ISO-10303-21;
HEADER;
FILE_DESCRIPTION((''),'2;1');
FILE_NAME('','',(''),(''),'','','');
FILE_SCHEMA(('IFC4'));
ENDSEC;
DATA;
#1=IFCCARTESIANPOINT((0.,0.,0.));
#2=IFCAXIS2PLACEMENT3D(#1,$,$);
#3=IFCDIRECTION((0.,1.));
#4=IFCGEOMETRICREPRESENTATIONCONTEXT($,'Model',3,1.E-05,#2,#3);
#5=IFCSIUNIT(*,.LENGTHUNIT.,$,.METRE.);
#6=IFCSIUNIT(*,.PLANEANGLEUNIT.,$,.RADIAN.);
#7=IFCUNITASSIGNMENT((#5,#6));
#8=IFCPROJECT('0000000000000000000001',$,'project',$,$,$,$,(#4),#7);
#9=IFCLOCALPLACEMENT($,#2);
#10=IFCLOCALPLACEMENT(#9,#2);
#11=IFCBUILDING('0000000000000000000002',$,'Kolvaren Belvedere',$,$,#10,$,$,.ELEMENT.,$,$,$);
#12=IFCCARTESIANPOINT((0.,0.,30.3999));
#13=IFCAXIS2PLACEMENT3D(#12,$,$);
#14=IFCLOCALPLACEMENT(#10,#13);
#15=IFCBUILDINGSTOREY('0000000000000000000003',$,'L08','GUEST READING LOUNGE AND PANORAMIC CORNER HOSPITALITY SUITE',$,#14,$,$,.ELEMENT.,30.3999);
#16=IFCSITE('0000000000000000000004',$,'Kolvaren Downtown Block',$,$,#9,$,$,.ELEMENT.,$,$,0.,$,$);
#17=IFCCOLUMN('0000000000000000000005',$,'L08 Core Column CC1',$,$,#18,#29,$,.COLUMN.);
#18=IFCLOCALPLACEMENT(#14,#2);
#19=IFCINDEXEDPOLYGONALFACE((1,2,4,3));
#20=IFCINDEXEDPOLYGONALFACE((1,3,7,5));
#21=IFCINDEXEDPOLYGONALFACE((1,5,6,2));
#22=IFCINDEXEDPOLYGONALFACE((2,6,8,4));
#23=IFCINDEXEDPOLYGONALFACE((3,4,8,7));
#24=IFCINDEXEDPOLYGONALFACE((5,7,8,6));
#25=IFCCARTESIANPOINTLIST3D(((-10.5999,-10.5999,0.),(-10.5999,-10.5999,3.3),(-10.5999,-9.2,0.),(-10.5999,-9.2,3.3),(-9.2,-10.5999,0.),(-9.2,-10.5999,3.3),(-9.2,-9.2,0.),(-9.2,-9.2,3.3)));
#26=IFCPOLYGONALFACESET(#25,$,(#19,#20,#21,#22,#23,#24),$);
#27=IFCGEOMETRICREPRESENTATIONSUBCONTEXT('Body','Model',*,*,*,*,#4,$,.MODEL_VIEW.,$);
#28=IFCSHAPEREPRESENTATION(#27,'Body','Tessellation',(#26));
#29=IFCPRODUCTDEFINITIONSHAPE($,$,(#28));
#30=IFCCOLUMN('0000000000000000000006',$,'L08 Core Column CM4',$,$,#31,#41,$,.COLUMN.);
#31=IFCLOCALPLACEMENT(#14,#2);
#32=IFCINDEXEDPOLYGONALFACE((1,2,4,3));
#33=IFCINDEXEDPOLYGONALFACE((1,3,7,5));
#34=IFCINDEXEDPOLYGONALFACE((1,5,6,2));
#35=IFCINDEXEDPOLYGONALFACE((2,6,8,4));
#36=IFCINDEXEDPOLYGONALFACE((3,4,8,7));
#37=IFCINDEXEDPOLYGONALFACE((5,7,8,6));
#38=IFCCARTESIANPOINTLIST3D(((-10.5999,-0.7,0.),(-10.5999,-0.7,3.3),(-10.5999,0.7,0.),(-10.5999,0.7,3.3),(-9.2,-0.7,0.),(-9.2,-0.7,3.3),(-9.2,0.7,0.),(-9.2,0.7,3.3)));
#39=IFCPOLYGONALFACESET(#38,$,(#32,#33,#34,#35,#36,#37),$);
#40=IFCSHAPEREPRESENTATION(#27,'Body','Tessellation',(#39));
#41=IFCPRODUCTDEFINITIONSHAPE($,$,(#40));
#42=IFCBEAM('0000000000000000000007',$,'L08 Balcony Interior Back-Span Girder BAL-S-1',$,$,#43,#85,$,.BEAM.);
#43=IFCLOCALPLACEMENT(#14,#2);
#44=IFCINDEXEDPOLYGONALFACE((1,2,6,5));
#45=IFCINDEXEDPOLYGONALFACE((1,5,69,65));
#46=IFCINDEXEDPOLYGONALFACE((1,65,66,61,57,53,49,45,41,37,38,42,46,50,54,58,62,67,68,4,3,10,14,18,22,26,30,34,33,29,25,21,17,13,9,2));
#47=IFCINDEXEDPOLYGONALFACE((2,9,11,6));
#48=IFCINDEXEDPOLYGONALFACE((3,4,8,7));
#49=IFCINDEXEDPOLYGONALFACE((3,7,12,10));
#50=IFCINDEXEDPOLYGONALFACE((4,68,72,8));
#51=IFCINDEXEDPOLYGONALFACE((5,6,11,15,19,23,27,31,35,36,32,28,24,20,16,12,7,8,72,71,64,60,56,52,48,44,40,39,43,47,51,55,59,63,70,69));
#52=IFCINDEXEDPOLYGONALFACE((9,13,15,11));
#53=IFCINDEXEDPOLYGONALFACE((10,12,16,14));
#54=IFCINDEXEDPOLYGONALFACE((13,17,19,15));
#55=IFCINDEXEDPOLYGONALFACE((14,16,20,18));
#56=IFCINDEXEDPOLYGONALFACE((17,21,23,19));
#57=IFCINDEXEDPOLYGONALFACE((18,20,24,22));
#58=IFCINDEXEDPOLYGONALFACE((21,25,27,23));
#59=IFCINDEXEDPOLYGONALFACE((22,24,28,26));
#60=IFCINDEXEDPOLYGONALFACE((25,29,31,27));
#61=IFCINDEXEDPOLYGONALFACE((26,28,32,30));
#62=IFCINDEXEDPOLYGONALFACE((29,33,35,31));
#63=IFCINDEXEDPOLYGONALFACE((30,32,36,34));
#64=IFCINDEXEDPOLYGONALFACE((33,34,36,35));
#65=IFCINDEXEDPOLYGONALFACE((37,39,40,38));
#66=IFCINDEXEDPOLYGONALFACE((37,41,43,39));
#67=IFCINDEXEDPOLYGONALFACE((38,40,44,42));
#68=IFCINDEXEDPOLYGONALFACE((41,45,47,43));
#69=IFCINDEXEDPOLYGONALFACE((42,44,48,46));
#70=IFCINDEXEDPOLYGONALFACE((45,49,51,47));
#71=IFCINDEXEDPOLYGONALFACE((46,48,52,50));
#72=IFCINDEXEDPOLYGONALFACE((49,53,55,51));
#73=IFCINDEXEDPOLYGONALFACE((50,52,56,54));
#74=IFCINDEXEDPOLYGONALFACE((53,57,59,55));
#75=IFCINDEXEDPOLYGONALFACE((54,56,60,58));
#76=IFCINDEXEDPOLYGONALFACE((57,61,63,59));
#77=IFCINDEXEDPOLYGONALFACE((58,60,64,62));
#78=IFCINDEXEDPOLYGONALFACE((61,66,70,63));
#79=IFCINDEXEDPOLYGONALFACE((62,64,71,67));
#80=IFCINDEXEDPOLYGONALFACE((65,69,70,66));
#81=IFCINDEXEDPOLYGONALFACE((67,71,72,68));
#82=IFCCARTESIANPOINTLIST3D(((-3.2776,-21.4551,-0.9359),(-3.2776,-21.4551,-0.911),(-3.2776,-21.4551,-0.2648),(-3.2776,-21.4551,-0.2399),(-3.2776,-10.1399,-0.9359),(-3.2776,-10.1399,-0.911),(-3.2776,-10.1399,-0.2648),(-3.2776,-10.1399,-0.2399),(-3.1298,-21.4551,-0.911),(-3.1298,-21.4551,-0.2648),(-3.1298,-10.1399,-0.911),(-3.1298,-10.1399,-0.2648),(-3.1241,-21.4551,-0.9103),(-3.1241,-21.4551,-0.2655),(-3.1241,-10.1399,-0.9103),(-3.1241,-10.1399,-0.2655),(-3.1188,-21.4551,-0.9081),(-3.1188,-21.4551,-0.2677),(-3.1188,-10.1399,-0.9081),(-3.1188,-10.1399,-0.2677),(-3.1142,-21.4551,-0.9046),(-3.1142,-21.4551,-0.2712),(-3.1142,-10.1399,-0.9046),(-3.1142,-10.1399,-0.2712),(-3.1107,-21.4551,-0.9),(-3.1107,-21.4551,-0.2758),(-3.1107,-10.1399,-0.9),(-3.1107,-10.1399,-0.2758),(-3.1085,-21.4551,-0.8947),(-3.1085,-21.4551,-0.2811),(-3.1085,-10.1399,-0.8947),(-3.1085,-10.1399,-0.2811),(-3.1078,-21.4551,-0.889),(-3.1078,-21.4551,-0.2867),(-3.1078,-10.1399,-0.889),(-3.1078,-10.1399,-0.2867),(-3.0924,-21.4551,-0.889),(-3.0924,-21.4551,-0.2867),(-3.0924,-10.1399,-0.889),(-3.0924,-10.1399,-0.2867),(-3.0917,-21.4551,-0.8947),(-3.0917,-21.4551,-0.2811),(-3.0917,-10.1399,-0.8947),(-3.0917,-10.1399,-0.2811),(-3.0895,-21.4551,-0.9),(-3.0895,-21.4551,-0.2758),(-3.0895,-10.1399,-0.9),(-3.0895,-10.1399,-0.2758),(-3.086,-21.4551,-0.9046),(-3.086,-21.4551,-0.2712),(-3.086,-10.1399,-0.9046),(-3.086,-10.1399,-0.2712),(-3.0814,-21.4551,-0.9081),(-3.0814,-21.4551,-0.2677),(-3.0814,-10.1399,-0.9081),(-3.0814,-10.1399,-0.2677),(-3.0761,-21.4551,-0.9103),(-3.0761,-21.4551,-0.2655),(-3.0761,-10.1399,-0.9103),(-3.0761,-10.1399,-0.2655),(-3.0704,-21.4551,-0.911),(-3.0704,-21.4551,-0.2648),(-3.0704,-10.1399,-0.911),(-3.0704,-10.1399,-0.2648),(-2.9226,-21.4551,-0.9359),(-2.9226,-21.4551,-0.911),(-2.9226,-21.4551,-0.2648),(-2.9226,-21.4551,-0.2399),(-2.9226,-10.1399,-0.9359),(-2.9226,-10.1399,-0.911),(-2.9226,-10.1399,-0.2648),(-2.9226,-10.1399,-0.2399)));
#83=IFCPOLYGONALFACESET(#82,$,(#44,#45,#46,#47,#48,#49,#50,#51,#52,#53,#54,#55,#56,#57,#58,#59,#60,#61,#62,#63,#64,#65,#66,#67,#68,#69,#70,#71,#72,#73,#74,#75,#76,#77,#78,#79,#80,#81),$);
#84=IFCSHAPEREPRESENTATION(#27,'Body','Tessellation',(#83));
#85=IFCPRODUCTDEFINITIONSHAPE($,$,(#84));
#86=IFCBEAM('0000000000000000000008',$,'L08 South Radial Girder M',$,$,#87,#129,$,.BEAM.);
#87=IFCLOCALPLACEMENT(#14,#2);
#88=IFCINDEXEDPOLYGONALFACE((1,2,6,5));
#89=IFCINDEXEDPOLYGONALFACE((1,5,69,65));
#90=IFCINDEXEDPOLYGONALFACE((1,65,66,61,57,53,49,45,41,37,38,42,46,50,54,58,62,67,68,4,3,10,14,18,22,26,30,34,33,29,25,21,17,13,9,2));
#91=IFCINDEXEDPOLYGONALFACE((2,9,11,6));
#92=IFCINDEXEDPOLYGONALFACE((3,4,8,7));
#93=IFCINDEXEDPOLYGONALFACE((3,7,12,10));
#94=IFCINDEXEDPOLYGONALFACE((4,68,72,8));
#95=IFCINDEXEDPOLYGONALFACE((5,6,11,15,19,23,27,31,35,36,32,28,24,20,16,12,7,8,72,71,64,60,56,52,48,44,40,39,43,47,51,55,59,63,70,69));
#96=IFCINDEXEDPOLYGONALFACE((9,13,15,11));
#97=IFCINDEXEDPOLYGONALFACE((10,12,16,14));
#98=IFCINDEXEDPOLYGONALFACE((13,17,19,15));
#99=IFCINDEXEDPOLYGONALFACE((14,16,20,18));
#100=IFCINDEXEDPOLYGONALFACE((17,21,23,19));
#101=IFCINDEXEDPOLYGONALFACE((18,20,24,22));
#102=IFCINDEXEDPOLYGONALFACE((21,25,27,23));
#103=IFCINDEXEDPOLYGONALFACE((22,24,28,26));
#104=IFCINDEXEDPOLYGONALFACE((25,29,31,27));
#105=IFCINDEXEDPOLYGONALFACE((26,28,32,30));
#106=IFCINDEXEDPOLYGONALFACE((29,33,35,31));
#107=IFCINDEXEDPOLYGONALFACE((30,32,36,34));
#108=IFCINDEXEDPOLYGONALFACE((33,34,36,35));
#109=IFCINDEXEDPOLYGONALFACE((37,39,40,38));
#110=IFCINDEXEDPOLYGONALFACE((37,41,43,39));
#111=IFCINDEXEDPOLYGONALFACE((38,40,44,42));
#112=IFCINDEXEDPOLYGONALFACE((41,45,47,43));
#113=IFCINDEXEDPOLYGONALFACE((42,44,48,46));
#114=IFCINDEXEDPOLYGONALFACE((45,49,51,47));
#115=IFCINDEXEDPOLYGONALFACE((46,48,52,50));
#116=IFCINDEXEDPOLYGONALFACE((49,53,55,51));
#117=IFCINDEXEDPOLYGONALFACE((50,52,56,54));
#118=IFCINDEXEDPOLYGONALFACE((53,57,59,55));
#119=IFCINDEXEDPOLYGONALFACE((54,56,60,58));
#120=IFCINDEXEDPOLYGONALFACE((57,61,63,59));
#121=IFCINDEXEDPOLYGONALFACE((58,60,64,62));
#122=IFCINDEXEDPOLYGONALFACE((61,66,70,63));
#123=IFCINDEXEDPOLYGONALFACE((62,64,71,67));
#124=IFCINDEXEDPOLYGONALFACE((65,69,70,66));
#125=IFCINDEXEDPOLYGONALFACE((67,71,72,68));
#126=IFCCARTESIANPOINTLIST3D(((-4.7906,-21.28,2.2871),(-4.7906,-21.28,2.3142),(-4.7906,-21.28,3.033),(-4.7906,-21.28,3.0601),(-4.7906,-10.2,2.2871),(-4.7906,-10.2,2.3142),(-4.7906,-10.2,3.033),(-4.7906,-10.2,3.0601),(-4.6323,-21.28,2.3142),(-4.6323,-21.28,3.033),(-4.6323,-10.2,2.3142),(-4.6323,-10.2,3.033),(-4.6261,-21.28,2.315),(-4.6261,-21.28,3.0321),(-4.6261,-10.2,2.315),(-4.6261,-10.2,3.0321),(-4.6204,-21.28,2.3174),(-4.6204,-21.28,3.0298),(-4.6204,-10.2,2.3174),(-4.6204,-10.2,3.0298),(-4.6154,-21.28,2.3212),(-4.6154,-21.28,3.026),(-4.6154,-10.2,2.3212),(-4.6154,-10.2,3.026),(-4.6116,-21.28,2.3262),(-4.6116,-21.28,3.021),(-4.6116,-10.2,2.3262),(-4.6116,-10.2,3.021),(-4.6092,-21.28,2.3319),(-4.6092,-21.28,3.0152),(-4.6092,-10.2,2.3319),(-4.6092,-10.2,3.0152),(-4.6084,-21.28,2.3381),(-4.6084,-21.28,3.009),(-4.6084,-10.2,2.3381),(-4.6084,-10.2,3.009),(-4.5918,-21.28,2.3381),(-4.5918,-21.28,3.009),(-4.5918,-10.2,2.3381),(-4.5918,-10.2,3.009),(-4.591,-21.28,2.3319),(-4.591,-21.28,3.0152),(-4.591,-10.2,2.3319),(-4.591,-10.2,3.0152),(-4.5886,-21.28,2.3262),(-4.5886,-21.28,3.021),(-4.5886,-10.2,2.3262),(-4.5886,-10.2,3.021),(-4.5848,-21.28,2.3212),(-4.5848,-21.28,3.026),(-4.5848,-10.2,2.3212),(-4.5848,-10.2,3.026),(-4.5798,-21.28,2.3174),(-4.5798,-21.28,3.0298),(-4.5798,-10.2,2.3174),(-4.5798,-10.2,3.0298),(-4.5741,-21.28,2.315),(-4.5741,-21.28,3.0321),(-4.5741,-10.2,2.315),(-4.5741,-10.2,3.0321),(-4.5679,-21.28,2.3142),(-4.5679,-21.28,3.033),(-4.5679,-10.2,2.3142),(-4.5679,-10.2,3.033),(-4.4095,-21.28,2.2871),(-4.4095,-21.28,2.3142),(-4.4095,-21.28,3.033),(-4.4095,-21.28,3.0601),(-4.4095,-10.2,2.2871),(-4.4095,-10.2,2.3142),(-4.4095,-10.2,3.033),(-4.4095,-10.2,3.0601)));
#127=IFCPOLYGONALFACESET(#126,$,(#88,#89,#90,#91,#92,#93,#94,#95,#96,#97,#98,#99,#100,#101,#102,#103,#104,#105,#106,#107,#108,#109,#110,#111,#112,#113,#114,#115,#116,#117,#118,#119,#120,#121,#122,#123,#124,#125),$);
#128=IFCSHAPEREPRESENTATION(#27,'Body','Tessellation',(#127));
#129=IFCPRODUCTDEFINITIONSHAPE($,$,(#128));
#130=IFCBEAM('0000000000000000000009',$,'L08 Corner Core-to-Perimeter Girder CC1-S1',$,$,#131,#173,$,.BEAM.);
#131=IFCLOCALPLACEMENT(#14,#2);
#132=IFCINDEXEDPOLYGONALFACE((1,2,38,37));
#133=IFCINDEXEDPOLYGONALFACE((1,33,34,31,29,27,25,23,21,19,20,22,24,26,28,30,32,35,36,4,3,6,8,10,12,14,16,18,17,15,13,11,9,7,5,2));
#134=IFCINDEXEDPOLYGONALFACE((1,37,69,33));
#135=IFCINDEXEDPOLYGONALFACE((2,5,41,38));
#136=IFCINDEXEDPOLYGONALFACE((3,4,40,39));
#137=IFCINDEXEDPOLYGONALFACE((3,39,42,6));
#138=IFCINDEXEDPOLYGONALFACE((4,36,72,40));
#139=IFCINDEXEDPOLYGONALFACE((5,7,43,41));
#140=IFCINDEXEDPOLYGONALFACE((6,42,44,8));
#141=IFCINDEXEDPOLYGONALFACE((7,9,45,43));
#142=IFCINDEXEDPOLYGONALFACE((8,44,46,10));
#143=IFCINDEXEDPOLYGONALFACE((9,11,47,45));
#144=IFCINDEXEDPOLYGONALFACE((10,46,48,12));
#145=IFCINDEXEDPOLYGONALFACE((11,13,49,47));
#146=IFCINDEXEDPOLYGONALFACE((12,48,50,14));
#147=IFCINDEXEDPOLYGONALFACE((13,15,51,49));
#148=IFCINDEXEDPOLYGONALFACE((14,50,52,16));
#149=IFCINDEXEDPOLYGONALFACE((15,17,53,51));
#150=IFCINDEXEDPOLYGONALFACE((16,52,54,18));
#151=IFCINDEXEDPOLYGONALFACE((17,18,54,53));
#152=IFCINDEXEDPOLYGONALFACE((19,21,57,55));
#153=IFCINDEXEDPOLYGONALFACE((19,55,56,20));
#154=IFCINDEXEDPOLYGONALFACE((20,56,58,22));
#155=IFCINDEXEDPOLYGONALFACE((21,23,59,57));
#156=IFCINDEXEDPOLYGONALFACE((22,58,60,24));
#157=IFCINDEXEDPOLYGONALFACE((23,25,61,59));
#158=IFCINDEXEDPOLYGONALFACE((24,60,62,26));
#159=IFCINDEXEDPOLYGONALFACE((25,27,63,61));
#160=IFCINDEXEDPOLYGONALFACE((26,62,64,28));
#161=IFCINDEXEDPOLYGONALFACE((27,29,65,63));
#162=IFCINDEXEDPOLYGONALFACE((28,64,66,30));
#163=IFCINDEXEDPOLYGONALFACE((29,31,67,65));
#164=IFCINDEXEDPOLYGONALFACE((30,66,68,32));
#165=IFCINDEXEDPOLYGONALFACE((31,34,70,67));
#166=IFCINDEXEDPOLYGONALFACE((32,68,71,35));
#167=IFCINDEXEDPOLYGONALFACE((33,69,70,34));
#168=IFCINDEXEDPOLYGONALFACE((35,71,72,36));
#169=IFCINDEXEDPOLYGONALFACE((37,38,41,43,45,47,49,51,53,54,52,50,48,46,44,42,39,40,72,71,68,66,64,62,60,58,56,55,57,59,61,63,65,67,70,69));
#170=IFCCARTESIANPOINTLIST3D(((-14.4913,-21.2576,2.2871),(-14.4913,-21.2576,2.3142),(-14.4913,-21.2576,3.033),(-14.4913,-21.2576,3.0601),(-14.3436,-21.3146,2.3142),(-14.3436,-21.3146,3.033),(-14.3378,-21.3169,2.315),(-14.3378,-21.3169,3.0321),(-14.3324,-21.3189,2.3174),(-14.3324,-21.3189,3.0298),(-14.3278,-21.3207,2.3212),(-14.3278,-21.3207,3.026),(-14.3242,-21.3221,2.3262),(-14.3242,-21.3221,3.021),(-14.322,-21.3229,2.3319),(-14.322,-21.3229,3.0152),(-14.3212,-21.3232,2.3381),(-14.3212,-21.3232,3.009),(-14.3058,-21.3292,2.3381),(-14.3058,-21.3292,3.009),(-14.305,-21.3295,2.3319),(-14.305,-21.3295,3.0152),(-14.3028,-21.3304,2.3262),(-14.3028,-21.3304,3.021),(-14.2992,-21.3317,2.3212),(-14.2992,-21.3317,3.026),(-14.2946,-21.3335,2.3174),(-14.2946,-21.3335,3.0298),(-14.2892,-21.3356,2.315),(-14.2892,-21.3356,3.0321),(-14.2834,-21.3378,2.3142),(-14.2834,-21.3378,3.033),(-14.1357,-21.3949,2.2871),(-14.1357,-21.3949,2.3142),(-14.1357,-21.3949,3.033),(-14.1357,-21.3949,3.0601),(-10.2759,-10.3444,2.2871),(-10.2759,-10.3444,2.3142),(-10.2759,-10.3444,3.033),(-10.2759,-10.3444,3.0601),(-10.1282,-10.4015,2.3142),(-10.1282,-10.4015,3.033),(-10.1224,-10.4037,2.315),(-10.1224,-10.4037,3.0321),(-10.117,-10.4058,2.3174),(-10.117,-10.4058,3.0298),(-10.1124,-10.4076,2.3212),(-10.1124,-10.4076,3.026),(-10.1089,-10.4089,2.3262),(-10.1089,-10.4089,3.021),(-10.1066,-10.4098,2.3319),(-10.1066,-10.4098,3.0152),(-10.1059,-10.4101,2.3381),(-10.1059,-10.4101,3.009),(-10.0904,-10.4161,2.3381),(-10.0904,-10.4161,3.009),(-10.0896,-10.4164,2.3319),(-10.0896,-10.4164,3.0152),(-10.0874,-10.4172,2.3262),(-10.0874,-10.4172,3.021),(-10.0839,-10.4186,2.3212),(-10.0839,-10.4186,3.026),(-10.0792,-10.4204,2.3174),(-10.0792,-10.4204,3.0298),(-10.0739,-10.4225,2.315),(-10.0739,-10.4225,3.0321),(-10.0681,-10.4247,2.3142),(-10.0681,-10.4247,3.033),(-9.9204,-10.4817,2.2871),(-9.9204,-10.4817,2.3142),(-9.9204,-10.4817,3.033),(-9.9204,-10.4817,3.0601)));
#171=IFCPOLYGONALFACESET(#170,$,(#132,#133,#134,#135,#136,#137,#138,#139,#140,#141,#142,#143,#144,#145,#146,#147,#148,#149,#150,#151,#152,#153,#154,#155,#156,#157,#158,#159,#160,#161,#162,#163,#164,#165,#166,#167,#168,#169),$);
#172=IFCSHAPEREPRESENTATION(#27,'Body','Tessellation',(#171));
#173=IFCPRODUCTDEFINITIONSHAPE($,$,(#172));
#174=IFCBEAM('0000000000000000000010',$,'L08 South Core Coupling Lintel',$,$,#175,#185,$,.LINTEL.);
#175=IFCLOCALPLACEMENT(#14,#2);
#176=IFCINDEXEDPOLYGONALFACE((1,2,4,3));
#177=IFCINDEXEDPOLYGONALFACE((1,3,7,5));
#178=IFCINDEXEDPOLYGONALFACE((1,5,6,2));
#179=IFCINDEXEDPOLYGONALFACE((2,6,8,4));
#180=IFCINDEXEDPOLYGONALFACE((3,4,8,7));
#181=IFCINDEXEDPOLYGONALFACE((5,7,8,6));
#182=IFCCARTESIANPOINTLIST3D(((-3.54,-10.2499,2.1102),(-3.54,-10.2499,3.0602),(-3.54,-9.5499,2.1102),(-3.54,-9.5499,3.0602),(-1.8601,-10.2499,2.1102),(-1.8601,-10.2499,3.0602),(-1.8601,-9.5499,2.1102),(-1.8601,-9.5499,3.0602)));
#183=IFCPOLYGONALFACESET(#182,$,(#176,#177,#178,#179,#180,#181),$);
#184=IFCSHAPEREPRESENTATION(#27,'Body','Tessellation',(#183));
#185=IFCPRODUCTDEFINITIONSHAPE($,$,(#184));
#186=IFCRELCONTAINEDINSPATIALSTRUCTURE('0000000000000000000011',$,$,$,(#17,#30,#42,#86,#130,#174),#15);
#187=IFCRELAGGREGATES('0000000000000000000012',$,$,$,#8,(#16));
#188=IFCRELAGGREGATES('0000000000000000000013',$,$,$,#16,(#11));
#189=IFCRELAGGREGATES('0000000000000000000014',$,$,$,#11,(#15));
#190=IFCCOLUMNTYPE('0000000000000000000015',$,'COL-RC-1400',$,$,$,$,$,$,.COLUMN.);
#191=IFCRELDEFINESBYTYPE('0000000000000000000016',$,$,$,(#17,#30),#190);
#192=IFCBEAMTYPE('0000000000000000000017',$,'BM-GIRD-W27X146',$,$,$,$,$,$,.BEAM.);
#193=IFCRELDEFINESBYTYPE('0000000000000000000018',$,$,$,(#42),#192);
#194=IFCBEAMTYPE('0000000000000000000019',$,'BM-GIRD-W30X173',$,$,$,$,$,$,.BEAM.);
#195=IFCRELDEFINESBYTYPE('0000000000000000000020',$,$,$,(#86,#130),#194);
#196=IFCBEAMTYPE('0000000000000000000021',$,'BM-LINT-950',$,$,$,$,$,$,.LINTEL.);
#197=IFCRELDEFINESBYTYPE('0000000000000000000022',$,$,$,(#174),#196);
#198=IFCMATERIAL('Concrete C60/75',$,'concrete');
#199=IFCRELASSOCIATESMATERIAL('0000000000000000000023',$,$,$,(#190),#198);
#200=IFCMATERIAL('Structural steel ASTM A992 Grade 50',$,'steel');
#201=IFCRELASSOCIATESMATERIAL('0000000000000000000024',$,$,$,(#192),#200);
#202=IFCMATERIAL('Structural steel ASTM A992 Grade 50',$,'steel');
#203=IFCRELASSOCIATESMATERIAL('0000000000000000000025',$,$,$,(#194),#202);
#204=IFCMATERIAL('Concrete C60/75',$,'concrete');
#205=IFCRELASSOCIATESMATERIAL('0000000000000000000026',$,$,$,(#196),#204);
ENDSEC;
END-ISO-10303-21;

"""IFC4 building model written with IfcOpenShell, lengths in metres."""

from ifc_helpers import new_model, si_unit, direction, frame, origin, origin_2d, place, context, subcontext, project, spatial, rectangle, i_section, extrude, material, material_profile, profile_set, type_object, element, save


model = new_model("IFC4")

# Units and contexts
model_context = context("Model", 3, precision=1e-05, world=origin(), true_north=direction((0.0, 1.0)))
body_context = subcontext(model_context, "Body", "Model", "MODEL_VIEW")
ifc_project = project(units=[si_unit("LENGTHUNIT", "METRE"), si_unit("PLANEANGLEUNIT", "RADIAN")], contexts=[model_context])

# Site, building, storey
site_placement = place(None, origin())
site = spatial("IfcSite", under=ifc_project, at=site_placement, Name="Kolvaren Downtown Block", CompositionType="ELEMENT", RefElevation=0.0)
building_placement = place(site_placement, origin())
building = spatial("IfcBuilding", under=site, at=building_placement, Name="Kolvaren Belvedere", CompositionType="ELEMENT")
storey_placement = place(building_placement, frame((0.0, 0.0, 30.3999)))
storey = spatial("IfcBuildingStorey", under=building, at=storey_placement, Name="L08", Description="GUEST READING LOUNGE AND PANORAMIC CORNER HOSPITALITY SUITE", CompositionType="ELEMENT", Elevation=30.3999)

# Columns
ifc_material_1 = material(Name="Concrete C60/75", Category="concrete")
ifc_material_profile_1 = material_profile(ifc_material_1, rectangle(XDim=1.3999, YDim=1.3999, at=origin_2d()), Name="RC 1400X1400")
ifc_profile_set_1 = profile_set([ifc_material_profile_1], Name="Concrete C60/75")
column_type = type_object("IfcColumnType", Name="COL-RC-1400", PredefinedType="COLUMN", material=ifc_profile_set_1)
for number, where, z_axis, x_axis, name in (
    (1, (-9.8999, -9.8999, 0.0), (0.0, 0.0, 1.0), (1.0, 0.0, 0.0), "L08 Core Column CC1"),
    (2, (-9.8999, 0.0, 0.0), (0.0, 0.0, 1.0), (1.0, 0.0, 0.0), "L08 Core Column CM4"),
):
    element("IfcColumn", number, at=place(storey_placement, frame(where, z_axis=z_axis, x_axis=x_axis)), inside=storey, type_object=column_type, Name=name, PredefinedType="COLUMN", context=body_context, shape_type="SweptSolid", body=[
        extrude(rectangle(XDim=1.3999, YDim=1.3999, at=origin_2d()), origin(), (0.0, 0.0, 1.0), 3.3),
    ])

# Beams
ifc_material_2 = material(Name="Structural steel ASTM A992 Grade 50", Category="steel")
ifc_material_profile_2 = material_profile(ifc_material_2, i_section(OverallWidth=0.355, OverallDepth=0.696, WebThickness=0.0154, FlangeThickness=0.0249, FilletRadius=0.022, at=origin_2d()), Name="W27X146")
ifc_profile_set_2 = profile_set([ifc_material_profile_2], Name="Structural steel ASTM A992 Grade 50")
beam_type_1 = type_object("IfcBeamType", Name="BM-GIRD-W27X146", PredefinedType="BEAM", material=ifc_profile_set_2)
beam_1_placement = place(storey_placement, frame((-3.1001, -10.1399, -0.5879), z_axis=(0.0, -1.0, 0.0), x_axis=(1.0, 0.0, 0.0)))
element("IfcBeam", 3, at=beam_1_placement, inside=storey, type_object=beam_type_1, Name="L08 Balcony Interior Back-Span Girder BAL-S-1", PredefinedType="BEAM", context=body_context, shape_type="SweptSolid", body=[
    extrude(i_section(OverallWidth=0.355, OverallDepth=0.696, WebThickness=0.0154, FlangeThickness=0.0249, FilletRadius=0.022, at=origin_2d()), origin(), (0.0, 0.0, 1.0), 11.3152),
])
ifc_material_3 = material(Name="Structural steel ASTM A992 Grade 50", Category="steel")
ifc_material_profile_3 = material_profile(ifc_material_3, i_section(OverallWidth=0.3811, OverallDepth=0.7729, WebThickness=0.0166, FlangeThickness=0.0271, FilletRadius=0.0239, at=origin_2d()), Name="W30X173")
ifc_profile_set_3 = profile_set([ifc_material_profile_3], Name="Structural steel ASTM A992 Grade 50")
beam_type_2 = type_object("IfcBeamType", Name="BM-GIRD-W30X173", PredefinedType="BEAM", material=ifc_profile_set_3)
beam_2_placement = place(storey_placement, frame((-4.6001, -10.2, 2.6736), z_axis=(0.0, -1.0, 0.0), x_axis=(1.0, 0.0, 0.0)))
element("IfcBeam", 4, at=beam_2_placement, inside=storey, type_object=beam_type_2, Name="L08 South Radial Girder M", PredefinedType="BEAM", context=body_context, shape_type="SweptSolid", body=[
    extrude(i_section(OverallWidth=0.3811, OverallDepth=0.7729, WebThickness=0.0166, FlangeThickness=0.0271, FilletRadius=0.0239, at=origin_2d()), origin(), (0.0, 0.0, 1.0), 11.0801),
])
beam_3_placement = place(storey_placement, frame((-10.0981, -10.4131, 2.6736), z_axis=(-0.360318, -0.932829, 0.0), x_axis=(0.932829, -0.360318, 0.0)))
element("IfcBeam", 5, at=beam_3_placement, inside=storey, type_object=beam_type_2, Name="L08 Corner Core-to-Perimeter Girder CC1-S1", PredefinedType="BEAM", context=body_context, shape_type="SweptSolid", body=[
    extrude(i_section(OverallWidth=0.3811, OverallDepth=0.7729, WebThickness=0.0166, FlangeThickness=0.0271, FilletRadius=0.0239, at=origin_2d()), origin(), (0.0, 0.0, 1.0), 11.699),
])
ifc_material_4 = material(Name="Concrete C60/75", Category="concrete")
ifc_material_profile_4 = material_profile(ifc_material_4, rectangle(XDim=0.7, YDim=0.95, at=origin_2d()), Name="RC 700X950")
ifc_profile_set_4 = profile_set([ifc_material_profile_4], Name="Concrete C60/75")
beam_type_3 = type_object("IfcBeamType", Name="BM-LINT-950", PredefinedType="LINTEL", material=ifc_profile_set_4)
beam_4_placement = place(storey_placement, frame((-3.54, -9.8999, 2.5852), z_axis=(1.0, 0.0, 0.0), x_axis=(0.0, 1.0, 0.0)))
element("IfcBeam", 6, at=beam_4_placement, inside=storey, type_object=beam_type_3, Name="L08 South Core Coupling Lintel", PredefinedType="LINTEL", context=body_context, shape_type="SweptSolid", body=[
    extrude(rectangle(XDim=0.7, YDim=0.95, at=origin_2d()), origin(), (0.0, 0.0, 1.0), 1.6799),
])

save(model, "model.ifc")
